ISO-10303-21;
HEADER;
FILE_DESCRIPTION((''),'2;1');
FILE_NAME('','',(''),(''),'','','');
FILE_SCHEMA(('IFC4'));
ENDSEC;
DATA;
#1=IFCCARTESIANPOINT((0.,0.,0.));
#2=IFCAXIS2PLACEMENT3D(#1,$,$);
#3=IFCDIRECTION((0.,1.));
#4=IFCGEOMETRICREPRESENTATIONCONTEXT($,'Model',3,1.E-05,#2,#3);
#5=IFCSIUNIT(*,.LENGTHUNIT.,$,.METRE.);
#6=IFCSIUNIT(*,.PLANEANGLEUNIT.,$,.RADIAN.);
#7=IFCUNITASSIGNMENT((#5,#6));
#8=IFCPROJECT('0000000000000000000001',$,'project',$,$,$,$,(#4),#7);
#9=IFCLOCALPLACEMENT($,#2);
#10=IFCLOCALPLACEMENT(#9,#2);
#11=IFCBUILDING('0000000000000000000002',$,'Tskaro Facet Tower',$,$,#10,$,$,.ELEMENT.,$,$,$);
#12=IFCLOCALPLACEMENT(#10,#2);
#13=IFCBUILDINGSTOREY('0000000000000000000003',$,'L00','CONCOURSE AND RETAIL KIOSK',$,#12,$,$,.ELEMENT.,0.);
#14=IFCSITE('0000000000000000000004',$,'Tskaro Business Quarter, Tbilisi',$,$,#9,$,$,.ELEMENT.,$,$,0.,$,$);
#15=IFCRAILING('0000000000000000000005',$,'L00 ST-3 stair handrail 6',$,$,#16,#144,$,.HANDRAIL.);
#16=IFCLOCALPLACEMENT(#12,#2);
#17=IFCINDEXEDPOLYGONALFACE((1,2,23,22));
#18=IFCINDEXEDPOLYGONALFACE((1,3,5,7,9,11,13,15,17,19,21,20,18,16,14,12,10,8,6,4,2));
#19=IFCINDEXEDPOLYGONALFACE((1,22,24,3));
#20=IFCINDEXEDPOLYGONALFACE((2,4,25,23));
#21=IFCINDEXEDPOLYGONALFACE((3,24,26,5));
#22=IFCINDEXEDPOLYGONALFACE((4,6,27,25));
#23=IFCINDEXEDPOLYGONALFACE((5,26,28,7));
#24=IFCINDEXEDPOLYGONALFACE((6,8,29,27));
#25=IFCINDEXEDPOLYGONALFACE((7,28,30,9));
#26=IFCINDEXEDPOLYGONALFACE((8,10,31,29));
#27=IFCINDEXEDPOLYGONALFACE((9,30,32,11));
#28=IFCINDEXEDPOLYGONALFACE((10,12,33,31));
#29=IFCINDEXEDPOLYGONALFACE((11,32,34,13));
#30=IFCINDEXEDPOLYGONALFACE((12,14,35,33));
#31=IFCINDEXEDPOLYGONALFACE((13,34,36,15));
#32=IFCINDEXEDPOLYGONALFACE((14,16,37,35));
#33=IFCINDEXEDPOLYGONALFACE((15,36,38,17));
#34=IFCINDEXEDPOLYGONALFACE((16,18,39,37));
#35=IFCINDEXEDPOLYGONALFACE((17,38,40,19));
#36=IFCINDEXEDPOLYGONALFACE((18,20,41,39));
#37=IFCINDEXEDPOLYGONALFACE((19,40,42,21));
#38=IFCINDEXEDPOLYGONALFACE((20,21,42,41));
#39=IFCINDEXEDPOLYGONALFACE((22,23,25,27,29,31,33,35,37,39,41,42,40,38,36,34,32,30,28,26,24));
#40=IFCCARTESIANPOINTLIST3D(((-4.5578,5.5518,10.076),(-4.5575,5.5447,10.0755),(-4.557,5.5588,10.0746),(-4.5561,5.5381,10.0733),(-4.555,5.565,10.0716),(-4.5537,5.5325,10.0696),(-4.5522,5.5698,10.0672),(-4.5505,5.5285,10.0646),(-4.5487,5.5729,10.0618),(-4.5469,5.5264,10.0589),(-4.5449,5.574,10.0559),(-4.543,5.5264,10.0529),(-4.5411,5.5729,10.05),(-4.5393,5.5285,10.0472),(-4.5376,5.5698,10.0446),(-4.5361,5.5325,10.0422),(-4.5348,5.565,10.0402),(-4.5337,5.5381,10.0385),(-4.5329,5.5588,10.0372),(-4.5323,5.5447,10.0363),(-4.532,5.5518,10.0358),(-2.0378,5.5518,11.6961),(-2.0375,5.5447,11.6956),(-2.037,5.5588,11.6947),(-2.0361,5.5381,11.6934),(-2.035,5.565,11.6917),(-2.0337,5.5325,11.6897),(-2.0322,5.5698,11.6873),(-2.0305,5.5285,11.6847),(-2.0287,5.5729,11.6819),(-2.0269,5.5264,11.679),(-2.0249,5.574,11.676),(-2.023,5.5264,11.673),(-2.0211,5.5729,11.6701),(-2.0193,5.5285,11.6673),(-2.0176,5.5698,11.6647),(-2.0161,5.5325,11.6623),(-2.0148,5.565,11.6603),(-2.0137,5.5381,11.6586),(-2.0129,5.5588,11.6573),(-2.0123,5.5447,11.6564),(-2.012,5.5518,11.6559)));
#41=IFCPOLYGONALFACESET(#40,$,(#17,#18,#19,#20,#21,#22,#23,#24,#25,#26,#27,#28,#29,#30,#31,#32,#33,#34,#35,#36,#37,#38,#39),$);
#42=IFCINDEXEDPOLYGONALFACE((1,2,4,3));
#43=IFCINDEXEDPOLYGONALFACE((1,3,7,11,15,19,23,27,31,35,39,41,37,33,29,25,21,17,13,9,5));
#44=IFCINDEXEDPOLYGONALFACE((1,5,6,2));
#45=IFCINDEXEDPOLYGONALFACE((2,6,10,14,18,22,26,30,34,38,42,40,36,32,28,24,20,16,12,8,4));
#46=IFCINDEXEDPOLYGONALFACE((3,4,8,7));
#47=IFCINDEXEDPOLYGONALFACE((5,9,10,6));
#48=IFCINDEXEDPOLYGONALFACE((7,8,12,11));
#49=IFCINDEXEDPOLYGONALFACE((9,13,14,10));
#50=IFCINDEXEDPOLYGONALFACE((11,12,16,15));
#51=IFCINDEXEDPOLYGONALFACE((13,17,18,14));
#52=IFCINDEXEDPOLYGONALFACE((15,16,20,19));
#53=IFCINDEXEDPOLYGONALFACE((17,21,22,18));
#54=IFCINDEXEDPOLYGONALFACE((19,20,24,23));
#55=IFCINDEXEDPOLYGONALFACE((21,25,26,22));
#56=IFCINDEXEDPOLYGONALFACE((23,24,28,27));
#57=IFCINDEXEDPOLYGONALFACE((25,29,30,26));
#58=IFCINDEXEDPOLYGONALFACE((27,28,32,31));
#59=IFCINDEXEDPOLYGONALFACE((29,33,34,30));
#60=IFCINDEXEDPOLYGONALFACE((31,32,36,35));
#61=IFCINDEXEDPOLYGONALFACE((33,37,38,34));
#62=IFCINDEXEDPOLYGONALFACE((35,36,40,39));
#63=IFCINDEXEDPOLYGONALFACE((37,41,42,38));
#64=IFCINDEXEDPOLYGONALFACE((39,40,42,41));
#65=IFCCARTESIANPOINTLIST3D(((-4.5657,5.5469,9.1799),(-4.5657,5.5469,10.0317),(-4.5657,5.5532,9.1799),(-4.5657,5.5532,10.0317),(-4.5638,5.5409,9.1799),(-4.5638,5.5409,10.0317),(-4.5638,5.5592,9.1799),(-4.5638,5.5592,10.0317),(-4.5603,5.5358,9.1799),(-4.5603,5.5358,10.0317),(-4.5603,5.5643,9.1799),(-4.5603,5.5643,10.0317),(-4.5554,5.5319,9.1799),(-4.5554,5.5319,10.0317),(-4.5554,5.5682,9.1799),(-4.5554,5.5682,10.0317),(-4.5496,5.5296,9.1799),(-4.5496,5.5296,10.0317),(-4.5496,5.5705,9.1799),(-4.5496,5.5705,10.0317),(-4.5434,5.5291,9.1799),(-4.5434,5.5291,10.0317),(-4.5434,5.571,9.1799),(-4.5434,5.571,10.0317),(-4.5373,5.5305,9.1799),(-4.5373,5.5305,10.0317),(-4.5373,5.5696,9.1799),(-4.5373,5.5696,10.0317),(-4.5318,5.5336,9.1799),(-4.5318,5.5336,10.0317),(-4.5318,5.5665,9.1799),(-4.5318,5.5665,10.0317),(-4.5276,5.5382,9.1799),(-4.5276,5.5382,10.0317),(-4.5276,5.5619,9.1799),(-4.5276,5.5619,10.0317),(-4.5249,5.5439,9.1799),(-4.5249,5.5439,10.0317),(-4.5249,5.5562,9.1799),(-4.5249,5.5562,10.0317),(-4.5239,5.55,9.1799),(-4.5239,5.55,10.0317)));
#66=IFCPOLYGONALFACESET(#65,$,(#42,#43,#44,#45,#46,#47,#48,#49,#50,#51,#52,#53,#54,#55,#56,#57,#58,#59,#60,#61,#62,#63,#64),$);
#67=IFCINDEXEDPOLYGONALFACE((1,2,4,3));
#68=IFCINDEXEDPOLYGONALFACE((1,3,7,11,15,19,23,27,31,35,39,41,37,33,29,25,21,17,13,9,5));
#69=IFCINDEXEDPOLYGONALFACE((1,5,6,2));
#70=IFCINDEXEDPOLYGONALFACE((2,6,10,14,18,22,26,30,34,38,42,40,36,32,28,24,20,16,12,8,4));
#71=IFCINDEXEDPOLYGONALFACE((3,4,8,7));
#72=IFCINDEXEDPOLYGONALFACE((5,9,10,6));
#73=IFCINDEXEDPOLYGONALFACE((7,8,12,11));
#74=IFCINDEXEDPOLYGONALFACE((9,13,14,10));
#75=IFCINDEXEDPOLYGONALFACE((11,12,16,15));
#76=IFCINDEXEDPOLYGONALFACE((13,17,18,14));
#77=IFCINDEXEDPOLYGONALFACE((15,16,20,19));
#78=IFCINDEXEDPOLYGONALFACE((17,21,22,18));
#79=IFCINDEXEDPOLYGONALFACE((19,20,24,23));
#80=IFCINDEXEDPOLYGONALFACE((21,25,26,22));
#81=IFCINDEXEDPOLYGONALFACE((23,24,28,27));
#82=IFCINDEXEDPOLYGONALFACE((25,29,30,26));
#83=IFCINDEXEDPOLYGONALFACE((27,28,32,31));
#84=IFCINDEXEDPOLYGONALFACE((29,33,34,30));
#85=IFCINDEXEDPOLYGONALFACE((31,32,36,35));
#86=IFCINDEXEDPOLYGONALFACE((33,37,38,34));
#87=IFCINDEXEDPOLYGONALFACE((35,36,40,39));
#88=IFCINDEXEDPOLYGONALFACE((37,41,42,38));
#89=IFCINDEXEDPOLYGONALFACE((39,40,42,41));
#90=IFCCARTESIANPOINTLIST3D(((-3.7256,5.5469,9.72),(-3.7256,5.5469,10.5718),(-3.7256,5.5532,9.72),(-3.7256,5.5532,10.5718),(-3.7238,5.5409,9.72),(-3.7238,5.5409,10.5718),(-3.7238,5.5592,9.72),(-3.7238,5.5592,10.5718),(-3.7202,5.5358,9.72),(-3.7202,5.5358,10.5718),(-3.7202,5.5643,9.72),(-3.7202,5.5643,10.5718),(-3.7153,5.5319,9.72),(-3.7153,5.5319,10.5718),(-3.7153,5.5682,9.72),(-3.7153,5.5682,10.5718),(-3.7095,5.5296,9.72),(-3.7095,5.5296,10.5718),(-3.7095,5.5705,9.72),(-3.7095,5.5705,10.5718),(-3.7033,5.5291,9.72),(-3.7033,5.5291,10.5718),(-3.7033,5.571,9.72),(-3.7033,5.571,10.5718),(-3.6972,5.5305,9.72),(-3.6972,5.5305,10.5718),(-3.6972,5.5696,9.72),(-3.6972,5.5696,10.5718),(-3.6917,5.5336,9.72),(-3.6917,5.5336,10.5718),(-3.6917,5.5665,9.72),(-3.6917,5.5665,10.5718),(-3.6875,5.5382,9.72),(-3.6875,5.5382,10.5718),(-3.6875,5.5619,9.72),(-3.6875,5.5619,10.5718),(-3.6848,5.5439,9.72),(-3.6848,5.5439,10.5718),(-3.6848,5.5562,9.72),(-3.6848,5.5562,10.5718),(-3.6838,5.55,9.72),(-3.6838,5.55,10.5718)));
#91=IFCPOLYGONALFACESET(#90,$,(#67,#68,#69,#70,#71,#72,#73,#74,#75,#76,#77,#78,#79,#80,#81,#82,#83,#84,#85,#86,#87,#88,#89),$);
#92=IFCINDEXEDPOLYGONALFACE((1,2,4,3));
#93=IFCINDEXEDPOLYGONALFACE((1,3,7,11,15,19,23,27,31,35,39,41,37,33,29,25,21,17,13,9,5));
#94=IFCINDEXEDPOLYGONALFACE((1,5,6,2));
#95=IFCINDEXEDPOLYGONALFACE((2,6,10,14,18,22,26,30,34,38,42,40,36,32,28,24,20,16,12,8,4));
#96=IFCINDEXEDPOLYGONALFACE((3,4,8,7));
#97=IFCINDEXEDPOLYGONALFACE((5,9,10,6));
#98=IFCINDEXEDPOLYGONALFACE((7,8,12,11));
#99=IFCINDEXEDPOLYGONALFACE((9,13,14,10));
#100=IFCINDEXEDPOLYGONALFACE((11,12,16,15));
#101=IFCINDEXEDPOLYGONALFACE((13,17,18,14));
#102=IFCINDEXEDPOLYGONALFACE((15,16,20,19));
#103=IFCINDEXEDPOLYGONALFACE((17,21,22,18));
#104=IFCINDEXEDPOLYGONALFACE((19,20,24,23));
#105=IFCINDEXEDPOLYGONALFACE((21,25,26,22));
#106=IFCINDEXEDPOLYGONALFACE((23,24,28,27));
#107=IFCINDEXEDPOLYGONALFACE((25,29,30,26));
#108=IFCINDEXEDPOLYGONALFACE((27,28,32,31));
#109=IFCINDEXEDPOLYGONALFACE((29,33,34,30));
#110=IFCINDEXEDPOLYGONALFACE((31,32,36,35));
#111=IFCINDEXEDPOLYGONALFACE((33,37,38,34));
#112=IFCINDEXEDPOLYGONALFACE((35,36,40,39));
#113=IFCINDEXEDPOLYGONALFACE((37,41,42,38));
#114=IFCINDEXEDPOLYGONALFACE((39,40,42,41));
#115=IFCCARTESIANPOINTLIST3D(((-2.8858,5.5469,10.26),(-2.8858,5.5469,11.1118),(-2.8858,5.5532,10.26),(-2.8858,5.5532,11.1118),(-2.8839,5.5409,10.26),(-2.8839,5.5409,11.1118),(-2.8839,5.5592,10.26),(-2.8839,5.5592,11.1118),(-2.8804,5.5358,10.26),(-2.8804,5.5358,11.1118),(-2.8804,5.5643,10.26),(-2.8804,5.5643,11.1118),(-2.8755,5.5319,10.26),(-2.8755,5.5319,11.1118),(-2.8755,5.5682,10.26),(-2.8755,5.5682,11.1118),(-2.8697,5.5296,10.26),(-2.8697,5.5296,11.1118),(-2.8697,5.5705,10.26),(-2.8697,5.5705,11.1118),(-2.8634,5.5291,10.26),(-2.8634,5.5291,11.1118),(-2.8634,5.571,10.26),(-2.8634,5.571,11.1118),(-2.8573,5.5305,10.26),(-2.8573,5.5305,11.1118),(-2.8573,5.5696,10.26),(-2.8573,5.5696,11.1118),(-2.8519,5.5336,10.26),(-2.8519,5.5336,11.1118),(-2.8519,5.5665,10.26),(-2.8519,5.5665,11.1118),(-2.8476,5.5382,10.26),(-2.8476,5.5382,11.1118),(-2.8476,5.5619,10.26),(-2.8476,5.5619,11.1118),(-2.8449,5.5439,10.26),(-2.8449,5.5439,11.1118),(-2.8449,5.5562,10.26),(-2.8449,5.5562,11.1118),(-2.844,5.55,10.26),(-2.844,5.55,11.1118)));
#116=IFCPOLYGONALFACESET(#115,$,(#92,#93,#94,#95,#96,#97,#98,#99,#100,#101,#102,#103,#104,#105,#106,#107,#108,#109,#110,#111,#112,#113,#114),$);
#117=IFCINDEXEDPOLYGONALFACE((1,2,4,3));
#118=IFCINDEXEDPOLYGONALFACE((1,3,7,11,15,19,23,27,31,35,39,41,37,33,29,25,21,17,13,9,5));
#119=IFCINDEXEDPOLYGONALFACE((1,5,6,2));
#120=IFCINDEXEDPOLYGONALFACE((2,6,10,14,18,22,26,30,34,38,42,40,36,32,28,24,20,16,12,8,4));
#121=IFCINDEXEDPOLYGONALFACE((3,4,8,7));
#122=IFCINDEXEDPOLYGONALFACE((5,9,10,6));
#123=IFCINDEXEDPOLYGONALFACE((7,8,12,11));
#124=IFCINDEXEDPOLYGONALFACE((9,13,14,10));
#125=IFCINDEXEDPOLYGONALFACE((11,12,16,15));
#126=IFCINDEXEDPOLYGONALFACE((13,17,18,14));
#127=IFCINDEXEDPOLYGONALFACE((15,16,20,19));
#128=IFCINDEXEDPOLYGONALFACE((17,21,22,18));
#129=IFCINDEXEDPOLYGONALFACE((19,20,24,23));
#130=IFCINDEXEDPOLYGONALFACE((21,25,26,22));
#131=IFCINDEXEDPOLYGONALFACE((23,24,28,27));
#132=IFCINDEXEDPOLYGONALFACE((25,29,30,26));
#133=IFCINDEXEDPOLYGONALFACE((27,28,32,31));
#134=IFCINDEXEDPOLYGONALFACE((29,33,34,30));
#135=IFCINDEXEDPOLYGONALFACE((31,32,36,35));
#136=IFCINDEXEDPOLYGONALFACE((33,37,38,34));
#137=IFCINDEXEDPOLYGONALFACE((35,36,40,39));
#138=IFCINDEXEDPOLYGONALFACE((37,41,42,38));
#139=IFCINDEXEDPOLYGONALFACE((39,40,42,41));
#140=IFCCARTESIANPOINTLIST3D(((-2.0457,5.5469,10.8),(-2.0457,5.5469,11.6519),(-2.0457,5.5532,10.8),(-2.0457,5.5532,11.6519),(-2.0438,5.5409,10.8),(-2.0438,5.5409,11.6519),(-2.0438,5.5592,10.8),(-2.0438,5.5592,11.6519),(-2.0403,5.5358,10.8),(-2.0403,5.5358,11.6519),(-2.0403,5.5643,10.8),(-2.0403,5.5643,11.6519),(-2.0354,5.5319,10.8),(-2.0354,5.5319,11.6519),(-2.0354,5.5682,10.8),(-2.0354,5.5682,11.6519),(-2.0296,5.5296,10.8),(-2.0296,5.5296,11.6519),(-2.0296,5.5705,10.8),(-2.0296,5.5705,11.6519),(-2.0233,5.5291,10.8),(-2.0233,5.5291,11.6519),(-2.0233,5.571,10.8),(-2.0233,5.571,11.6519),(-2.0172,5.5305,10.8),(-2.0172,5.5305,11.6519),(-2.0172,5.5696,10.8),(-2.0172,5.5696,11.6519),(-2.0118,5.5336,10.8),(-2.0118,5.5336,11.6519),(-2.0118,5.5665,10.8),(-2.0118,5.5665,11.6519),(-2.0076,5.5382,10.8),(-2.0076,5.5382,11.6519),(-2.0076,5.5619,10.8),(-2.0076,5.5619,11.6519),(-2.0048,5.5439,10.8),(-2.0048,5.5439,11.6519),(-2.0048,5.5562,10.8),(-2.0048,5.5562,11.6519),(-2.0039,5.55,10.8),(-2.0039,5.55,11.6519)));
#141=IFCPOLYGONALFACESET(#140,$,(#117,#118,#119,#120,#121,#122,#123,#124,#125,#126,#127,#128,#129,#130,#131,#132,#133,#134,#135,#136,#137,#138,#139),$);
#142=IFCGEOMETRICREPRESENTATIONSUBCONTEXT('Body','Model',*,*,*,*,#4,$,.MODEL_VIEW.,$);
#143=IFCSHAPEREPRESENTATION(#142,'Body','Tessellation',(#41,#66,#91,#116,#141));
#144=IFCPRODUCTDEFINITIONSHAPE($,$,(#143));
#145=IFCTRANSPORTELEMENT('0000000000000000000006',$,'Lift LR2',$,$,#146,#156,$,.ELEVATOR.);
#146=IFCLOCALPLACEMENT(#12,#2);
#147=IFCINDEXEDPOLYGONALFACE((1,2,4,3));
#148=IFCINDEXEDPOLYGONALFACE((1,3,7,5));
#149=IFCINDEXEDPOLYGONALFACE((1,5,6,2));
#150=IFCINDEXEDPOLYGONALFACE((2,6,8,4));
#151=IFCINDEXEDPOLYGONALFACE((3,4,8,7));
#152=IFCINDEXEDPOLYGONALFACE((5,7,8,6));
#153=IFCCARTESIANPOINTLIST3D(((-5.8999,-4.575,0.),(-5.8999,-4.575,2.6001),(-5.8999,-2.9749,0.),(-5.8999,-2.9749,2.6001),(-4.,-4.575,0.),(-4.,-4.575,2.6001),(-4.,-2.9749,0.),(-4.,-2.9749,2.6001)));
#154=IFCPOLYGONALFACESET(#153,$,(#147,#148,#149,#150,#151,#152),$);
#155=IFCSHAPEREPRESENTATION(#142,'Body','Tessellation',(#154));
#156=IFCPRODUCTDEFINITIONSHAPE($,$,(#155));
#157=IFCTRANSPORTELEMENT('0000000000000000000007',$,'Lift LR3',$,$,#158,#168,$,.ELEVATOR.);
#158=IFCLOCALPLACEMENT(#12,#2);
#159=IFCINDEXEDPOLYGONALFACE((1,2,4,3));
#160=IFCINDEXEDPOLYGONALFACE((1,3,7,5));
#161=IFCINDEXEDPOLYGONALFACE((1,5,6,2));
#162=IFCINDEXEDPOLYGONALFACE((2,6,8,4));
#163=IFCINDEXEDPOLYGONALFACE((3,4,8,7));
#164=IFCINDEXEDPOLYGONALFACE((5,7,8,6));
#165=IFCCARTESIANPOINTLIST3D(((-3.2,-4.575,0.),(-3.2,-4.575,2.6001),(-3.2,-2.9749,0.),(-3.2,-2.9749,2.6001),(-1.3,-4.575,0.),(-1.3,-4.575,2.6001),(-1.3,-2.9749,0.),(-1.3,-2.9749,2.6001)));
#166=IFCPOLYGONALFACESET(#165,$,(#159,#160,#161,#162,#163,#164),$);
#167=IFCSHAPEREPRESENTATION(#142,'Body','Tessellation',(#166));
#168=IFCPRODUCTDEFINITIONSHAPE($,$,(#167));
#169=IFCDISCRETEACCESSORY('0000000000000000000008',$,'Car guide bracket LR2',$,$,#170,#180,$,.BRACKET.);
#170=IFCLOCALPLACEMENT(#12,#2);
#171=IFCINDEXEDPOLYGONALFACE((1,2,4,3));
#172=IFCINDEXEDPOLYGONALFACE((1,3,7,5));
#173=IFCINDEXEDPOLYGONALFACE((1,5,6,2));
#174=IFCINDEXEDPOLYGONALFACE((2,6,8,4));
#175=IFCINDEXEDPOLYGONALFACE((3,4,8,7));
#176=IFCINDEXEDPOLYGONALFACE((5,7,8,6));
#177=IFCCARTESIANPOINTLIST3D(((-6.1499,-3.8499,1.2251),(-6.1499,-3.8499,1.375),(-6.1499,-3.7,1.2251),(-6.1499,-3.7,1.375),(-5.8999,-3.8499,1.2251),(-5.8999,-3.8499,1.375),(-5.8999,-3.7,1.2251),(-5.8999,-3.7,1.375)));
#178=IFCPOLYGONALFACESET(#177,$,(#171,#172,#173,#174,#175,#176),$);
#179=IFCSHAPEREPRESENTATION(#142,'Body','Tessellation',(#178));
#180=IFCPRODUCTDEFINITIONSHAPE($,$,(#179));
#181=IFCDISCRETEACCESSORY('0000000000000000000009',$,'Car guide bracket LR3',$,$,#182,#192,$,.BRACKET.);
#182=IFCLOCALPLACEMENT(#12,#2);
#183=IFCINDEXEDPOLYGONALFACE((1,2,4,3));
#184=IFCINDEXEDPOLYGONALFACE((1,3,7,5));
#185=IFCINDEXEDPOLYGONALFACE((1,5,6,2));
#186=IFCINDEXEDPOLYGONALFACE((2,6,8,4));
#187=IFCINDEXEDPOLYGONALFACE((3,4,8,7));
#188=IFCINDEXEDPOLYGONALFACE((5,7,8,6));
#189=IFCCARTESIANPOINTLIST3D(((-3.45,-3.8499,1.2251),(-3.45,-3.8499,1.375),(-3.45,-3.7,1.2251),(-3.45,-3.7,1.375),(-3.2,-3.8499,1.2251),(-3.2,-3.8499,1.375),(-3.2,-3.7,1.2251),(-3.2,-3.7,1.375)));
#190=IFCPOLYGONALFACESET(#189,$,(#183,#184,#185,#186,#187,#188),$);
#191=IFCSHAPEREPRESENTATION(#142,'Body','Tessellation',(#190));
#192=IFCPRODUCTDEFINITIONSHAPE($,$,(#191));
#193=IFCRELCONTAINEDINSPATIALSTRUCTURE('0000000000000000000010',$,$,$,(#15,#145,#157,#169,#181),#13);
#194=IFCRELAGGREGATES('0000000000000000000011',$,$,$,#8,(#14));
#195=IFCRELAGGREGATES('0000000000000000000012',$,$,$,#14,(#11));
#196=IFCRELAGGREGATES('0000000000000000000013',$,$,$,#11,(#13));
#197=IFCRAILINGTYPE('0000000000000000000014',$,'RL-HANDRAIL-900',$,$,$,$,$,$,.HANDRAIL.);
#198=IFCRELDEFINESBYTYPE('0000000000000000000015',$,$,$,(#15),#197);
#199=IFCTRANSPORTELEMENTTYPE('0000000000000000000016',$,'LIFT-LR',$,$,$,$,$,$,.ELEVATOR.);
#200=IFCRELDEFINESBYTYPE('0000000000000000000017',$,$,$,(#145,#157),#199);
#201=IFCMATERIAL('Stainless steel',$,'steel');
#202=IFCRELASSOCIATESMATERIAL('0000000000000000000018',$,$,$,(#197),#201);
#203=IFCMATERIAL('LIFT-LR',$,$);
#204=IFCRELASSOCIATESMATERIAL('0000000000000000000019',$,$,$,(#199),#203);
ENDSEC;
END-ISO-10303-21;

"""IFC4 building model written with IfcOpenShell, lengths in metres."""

from ifc_helpers import new_model, si_unit, direction, frame, origin, origin_2d, place, context, subcontext, project, spatial, rectangle, circle, extrude, material, type_object, element, save


model = new_model("IFC4")

# Units and contexts
model_context = context("Model", 3, precision=1e-05, world=origin(), true_north=direction((0.0, 1.0)))
body_context = subcontext(model_context, "Body", "Model", "MODEL_VIEW")
ifc_project = project(units=[si_unit("LENGTHUNIT", "METRE"), si_unit("PLANEANGLEUNIT", "RADIAN")], contexts=[model_context])

# Site, building, storey
site_placement = place(None, origin())
site = spatial("IfcSite", under=ifc_project, at=site_placement, Name="Tskaro Business Quarter, Tbilisi", CompositionType="ELEMENT", RefElevation=0.0)
building_placement = place(site_placement, origin())
building = spatial("IfcBuilding", under=site, at=building_placement, Name="Tskaro Facet Tower", CompositionType="ELEMENT")
storey_placement = place(building_placement, origin())
storey = spatial("IfcBuildingStorey", under=building, at=storey_placement, Name="L00", Description="CONCOURSE AND RETAIL KIOSK", CompositionType="ELEMENT", Elevation=0.0)

# Railing
ifc_material_1 = material(Name="Stainless steel", Category="steel")
railing_type_1 = type_object("IfcRailingType", Name="RL-HANDRAIL-900", PredefinedType="HANDRAIL", material=ifc_material_1)
railing_1_placement = place(storey_placement, frame((-4.5449, 5.55, 9.1799)))
element("IfcRailing", 1, at=railing_1_placement, inside=storey, type_object=railing_type_1, Name="L00 ST-3 stair handrail 6", PredefinedType="HANDRAIL", context=body_context, shape_type="SweptSolid", body=[
    extrude(circle(Radius=0.0239, at=origin_2d()), frame((0.0, 0.0, 0.876), z_axis=(0.841163, 0.0, 0.540782), x_axis=(0.0, 1.0, 0.0)), (0.0, 0.0, 1.0), 2.9958),
    extrude(circle(Radius=0.021, at=origin_2d()), origin(), (0.0, 0.0, 1.0), 0.8518),
    extrude(circle(Radius=0.021, at=origin_2d()), frame((0.8401, 0.0, 0.54)), (0.0, 0.0, 1.0), 0.8518),
    extrude(circle(Radius=0.021, at=origin_2d()), frame((1.6799, 0.0, 1.0801)), (0.0, 0.0, 1.0), 0.8518),
    extrude(circle(Radius=0.021, at=origin_2d()), frame((2.52, 0.0, 1.6201)), (0.0, 0.0, 1.0), 0.8518),
])

# Transport elements
ifc_material_2 = material(Name="LIFT-LR")
transport_element_type = type_object("IfcTransportElementType", Name="LIFT-LR", PredefinedType="ELEVATOR", material=ifc_material_2)
for number, where, z_axis, x_axis, name in (
    (2, (-4.95, -3.7749, 0.0), (0.0, 0.0, 1.0), (1.0, 0.0, 0.0), "Lift LR2"),
    (3, (-2.25, -3.7749, 0.0), (0.0, 0.0, 1.0), (1.0, 0.0, 0.0), "Lift LR3"),
):
    element("IfcTransportElement", number, at=place(storey_placement, frame(where, z_axis=z_axis, x_axis=x_axis)), inside=storey, type_object=transport_element_type, Name=name, PredefinedType="ELEVATOR", context=body_context, shape_type="SweptSolid", body=[
        extrude(rectangle(XDim=1.8999, YDim=1.6001, at=origin_2d()), origin(), (0.0, 0.0, 1.0), 2.6001),
    ])

# Discrete accessories
for number, where, z_axis, x_axis, name in (
    (4, (-6.0249, -3.7749, 1.2251), (0.0, 0.0, 1.0), (1.0, 0.0, 0.0), "Car guide bracket LR2"),
    (5, (-3.325, -3.7749, 1.2251), (0.0, 0.0, 1.0), (1.0, 0.0, 0.0), "Car guide bracket LR3"),
):
    element("IfcDiscreteAccessory", number, at=place(storey_placement, frame(where, z_axis=z_axis, x_axis=x_axis)), inside=storey, Name=name, PredefinedType="BRACKET", context=body_context, shape_type="SweptSolid", body=[
        extrude(rectangle(XDim=0.25, YDim=0.1499, at=origin_2d()), origin(), (0.0, 0.0, 1.0), 0.1499),
    ])

save(model, "model.ifc")
